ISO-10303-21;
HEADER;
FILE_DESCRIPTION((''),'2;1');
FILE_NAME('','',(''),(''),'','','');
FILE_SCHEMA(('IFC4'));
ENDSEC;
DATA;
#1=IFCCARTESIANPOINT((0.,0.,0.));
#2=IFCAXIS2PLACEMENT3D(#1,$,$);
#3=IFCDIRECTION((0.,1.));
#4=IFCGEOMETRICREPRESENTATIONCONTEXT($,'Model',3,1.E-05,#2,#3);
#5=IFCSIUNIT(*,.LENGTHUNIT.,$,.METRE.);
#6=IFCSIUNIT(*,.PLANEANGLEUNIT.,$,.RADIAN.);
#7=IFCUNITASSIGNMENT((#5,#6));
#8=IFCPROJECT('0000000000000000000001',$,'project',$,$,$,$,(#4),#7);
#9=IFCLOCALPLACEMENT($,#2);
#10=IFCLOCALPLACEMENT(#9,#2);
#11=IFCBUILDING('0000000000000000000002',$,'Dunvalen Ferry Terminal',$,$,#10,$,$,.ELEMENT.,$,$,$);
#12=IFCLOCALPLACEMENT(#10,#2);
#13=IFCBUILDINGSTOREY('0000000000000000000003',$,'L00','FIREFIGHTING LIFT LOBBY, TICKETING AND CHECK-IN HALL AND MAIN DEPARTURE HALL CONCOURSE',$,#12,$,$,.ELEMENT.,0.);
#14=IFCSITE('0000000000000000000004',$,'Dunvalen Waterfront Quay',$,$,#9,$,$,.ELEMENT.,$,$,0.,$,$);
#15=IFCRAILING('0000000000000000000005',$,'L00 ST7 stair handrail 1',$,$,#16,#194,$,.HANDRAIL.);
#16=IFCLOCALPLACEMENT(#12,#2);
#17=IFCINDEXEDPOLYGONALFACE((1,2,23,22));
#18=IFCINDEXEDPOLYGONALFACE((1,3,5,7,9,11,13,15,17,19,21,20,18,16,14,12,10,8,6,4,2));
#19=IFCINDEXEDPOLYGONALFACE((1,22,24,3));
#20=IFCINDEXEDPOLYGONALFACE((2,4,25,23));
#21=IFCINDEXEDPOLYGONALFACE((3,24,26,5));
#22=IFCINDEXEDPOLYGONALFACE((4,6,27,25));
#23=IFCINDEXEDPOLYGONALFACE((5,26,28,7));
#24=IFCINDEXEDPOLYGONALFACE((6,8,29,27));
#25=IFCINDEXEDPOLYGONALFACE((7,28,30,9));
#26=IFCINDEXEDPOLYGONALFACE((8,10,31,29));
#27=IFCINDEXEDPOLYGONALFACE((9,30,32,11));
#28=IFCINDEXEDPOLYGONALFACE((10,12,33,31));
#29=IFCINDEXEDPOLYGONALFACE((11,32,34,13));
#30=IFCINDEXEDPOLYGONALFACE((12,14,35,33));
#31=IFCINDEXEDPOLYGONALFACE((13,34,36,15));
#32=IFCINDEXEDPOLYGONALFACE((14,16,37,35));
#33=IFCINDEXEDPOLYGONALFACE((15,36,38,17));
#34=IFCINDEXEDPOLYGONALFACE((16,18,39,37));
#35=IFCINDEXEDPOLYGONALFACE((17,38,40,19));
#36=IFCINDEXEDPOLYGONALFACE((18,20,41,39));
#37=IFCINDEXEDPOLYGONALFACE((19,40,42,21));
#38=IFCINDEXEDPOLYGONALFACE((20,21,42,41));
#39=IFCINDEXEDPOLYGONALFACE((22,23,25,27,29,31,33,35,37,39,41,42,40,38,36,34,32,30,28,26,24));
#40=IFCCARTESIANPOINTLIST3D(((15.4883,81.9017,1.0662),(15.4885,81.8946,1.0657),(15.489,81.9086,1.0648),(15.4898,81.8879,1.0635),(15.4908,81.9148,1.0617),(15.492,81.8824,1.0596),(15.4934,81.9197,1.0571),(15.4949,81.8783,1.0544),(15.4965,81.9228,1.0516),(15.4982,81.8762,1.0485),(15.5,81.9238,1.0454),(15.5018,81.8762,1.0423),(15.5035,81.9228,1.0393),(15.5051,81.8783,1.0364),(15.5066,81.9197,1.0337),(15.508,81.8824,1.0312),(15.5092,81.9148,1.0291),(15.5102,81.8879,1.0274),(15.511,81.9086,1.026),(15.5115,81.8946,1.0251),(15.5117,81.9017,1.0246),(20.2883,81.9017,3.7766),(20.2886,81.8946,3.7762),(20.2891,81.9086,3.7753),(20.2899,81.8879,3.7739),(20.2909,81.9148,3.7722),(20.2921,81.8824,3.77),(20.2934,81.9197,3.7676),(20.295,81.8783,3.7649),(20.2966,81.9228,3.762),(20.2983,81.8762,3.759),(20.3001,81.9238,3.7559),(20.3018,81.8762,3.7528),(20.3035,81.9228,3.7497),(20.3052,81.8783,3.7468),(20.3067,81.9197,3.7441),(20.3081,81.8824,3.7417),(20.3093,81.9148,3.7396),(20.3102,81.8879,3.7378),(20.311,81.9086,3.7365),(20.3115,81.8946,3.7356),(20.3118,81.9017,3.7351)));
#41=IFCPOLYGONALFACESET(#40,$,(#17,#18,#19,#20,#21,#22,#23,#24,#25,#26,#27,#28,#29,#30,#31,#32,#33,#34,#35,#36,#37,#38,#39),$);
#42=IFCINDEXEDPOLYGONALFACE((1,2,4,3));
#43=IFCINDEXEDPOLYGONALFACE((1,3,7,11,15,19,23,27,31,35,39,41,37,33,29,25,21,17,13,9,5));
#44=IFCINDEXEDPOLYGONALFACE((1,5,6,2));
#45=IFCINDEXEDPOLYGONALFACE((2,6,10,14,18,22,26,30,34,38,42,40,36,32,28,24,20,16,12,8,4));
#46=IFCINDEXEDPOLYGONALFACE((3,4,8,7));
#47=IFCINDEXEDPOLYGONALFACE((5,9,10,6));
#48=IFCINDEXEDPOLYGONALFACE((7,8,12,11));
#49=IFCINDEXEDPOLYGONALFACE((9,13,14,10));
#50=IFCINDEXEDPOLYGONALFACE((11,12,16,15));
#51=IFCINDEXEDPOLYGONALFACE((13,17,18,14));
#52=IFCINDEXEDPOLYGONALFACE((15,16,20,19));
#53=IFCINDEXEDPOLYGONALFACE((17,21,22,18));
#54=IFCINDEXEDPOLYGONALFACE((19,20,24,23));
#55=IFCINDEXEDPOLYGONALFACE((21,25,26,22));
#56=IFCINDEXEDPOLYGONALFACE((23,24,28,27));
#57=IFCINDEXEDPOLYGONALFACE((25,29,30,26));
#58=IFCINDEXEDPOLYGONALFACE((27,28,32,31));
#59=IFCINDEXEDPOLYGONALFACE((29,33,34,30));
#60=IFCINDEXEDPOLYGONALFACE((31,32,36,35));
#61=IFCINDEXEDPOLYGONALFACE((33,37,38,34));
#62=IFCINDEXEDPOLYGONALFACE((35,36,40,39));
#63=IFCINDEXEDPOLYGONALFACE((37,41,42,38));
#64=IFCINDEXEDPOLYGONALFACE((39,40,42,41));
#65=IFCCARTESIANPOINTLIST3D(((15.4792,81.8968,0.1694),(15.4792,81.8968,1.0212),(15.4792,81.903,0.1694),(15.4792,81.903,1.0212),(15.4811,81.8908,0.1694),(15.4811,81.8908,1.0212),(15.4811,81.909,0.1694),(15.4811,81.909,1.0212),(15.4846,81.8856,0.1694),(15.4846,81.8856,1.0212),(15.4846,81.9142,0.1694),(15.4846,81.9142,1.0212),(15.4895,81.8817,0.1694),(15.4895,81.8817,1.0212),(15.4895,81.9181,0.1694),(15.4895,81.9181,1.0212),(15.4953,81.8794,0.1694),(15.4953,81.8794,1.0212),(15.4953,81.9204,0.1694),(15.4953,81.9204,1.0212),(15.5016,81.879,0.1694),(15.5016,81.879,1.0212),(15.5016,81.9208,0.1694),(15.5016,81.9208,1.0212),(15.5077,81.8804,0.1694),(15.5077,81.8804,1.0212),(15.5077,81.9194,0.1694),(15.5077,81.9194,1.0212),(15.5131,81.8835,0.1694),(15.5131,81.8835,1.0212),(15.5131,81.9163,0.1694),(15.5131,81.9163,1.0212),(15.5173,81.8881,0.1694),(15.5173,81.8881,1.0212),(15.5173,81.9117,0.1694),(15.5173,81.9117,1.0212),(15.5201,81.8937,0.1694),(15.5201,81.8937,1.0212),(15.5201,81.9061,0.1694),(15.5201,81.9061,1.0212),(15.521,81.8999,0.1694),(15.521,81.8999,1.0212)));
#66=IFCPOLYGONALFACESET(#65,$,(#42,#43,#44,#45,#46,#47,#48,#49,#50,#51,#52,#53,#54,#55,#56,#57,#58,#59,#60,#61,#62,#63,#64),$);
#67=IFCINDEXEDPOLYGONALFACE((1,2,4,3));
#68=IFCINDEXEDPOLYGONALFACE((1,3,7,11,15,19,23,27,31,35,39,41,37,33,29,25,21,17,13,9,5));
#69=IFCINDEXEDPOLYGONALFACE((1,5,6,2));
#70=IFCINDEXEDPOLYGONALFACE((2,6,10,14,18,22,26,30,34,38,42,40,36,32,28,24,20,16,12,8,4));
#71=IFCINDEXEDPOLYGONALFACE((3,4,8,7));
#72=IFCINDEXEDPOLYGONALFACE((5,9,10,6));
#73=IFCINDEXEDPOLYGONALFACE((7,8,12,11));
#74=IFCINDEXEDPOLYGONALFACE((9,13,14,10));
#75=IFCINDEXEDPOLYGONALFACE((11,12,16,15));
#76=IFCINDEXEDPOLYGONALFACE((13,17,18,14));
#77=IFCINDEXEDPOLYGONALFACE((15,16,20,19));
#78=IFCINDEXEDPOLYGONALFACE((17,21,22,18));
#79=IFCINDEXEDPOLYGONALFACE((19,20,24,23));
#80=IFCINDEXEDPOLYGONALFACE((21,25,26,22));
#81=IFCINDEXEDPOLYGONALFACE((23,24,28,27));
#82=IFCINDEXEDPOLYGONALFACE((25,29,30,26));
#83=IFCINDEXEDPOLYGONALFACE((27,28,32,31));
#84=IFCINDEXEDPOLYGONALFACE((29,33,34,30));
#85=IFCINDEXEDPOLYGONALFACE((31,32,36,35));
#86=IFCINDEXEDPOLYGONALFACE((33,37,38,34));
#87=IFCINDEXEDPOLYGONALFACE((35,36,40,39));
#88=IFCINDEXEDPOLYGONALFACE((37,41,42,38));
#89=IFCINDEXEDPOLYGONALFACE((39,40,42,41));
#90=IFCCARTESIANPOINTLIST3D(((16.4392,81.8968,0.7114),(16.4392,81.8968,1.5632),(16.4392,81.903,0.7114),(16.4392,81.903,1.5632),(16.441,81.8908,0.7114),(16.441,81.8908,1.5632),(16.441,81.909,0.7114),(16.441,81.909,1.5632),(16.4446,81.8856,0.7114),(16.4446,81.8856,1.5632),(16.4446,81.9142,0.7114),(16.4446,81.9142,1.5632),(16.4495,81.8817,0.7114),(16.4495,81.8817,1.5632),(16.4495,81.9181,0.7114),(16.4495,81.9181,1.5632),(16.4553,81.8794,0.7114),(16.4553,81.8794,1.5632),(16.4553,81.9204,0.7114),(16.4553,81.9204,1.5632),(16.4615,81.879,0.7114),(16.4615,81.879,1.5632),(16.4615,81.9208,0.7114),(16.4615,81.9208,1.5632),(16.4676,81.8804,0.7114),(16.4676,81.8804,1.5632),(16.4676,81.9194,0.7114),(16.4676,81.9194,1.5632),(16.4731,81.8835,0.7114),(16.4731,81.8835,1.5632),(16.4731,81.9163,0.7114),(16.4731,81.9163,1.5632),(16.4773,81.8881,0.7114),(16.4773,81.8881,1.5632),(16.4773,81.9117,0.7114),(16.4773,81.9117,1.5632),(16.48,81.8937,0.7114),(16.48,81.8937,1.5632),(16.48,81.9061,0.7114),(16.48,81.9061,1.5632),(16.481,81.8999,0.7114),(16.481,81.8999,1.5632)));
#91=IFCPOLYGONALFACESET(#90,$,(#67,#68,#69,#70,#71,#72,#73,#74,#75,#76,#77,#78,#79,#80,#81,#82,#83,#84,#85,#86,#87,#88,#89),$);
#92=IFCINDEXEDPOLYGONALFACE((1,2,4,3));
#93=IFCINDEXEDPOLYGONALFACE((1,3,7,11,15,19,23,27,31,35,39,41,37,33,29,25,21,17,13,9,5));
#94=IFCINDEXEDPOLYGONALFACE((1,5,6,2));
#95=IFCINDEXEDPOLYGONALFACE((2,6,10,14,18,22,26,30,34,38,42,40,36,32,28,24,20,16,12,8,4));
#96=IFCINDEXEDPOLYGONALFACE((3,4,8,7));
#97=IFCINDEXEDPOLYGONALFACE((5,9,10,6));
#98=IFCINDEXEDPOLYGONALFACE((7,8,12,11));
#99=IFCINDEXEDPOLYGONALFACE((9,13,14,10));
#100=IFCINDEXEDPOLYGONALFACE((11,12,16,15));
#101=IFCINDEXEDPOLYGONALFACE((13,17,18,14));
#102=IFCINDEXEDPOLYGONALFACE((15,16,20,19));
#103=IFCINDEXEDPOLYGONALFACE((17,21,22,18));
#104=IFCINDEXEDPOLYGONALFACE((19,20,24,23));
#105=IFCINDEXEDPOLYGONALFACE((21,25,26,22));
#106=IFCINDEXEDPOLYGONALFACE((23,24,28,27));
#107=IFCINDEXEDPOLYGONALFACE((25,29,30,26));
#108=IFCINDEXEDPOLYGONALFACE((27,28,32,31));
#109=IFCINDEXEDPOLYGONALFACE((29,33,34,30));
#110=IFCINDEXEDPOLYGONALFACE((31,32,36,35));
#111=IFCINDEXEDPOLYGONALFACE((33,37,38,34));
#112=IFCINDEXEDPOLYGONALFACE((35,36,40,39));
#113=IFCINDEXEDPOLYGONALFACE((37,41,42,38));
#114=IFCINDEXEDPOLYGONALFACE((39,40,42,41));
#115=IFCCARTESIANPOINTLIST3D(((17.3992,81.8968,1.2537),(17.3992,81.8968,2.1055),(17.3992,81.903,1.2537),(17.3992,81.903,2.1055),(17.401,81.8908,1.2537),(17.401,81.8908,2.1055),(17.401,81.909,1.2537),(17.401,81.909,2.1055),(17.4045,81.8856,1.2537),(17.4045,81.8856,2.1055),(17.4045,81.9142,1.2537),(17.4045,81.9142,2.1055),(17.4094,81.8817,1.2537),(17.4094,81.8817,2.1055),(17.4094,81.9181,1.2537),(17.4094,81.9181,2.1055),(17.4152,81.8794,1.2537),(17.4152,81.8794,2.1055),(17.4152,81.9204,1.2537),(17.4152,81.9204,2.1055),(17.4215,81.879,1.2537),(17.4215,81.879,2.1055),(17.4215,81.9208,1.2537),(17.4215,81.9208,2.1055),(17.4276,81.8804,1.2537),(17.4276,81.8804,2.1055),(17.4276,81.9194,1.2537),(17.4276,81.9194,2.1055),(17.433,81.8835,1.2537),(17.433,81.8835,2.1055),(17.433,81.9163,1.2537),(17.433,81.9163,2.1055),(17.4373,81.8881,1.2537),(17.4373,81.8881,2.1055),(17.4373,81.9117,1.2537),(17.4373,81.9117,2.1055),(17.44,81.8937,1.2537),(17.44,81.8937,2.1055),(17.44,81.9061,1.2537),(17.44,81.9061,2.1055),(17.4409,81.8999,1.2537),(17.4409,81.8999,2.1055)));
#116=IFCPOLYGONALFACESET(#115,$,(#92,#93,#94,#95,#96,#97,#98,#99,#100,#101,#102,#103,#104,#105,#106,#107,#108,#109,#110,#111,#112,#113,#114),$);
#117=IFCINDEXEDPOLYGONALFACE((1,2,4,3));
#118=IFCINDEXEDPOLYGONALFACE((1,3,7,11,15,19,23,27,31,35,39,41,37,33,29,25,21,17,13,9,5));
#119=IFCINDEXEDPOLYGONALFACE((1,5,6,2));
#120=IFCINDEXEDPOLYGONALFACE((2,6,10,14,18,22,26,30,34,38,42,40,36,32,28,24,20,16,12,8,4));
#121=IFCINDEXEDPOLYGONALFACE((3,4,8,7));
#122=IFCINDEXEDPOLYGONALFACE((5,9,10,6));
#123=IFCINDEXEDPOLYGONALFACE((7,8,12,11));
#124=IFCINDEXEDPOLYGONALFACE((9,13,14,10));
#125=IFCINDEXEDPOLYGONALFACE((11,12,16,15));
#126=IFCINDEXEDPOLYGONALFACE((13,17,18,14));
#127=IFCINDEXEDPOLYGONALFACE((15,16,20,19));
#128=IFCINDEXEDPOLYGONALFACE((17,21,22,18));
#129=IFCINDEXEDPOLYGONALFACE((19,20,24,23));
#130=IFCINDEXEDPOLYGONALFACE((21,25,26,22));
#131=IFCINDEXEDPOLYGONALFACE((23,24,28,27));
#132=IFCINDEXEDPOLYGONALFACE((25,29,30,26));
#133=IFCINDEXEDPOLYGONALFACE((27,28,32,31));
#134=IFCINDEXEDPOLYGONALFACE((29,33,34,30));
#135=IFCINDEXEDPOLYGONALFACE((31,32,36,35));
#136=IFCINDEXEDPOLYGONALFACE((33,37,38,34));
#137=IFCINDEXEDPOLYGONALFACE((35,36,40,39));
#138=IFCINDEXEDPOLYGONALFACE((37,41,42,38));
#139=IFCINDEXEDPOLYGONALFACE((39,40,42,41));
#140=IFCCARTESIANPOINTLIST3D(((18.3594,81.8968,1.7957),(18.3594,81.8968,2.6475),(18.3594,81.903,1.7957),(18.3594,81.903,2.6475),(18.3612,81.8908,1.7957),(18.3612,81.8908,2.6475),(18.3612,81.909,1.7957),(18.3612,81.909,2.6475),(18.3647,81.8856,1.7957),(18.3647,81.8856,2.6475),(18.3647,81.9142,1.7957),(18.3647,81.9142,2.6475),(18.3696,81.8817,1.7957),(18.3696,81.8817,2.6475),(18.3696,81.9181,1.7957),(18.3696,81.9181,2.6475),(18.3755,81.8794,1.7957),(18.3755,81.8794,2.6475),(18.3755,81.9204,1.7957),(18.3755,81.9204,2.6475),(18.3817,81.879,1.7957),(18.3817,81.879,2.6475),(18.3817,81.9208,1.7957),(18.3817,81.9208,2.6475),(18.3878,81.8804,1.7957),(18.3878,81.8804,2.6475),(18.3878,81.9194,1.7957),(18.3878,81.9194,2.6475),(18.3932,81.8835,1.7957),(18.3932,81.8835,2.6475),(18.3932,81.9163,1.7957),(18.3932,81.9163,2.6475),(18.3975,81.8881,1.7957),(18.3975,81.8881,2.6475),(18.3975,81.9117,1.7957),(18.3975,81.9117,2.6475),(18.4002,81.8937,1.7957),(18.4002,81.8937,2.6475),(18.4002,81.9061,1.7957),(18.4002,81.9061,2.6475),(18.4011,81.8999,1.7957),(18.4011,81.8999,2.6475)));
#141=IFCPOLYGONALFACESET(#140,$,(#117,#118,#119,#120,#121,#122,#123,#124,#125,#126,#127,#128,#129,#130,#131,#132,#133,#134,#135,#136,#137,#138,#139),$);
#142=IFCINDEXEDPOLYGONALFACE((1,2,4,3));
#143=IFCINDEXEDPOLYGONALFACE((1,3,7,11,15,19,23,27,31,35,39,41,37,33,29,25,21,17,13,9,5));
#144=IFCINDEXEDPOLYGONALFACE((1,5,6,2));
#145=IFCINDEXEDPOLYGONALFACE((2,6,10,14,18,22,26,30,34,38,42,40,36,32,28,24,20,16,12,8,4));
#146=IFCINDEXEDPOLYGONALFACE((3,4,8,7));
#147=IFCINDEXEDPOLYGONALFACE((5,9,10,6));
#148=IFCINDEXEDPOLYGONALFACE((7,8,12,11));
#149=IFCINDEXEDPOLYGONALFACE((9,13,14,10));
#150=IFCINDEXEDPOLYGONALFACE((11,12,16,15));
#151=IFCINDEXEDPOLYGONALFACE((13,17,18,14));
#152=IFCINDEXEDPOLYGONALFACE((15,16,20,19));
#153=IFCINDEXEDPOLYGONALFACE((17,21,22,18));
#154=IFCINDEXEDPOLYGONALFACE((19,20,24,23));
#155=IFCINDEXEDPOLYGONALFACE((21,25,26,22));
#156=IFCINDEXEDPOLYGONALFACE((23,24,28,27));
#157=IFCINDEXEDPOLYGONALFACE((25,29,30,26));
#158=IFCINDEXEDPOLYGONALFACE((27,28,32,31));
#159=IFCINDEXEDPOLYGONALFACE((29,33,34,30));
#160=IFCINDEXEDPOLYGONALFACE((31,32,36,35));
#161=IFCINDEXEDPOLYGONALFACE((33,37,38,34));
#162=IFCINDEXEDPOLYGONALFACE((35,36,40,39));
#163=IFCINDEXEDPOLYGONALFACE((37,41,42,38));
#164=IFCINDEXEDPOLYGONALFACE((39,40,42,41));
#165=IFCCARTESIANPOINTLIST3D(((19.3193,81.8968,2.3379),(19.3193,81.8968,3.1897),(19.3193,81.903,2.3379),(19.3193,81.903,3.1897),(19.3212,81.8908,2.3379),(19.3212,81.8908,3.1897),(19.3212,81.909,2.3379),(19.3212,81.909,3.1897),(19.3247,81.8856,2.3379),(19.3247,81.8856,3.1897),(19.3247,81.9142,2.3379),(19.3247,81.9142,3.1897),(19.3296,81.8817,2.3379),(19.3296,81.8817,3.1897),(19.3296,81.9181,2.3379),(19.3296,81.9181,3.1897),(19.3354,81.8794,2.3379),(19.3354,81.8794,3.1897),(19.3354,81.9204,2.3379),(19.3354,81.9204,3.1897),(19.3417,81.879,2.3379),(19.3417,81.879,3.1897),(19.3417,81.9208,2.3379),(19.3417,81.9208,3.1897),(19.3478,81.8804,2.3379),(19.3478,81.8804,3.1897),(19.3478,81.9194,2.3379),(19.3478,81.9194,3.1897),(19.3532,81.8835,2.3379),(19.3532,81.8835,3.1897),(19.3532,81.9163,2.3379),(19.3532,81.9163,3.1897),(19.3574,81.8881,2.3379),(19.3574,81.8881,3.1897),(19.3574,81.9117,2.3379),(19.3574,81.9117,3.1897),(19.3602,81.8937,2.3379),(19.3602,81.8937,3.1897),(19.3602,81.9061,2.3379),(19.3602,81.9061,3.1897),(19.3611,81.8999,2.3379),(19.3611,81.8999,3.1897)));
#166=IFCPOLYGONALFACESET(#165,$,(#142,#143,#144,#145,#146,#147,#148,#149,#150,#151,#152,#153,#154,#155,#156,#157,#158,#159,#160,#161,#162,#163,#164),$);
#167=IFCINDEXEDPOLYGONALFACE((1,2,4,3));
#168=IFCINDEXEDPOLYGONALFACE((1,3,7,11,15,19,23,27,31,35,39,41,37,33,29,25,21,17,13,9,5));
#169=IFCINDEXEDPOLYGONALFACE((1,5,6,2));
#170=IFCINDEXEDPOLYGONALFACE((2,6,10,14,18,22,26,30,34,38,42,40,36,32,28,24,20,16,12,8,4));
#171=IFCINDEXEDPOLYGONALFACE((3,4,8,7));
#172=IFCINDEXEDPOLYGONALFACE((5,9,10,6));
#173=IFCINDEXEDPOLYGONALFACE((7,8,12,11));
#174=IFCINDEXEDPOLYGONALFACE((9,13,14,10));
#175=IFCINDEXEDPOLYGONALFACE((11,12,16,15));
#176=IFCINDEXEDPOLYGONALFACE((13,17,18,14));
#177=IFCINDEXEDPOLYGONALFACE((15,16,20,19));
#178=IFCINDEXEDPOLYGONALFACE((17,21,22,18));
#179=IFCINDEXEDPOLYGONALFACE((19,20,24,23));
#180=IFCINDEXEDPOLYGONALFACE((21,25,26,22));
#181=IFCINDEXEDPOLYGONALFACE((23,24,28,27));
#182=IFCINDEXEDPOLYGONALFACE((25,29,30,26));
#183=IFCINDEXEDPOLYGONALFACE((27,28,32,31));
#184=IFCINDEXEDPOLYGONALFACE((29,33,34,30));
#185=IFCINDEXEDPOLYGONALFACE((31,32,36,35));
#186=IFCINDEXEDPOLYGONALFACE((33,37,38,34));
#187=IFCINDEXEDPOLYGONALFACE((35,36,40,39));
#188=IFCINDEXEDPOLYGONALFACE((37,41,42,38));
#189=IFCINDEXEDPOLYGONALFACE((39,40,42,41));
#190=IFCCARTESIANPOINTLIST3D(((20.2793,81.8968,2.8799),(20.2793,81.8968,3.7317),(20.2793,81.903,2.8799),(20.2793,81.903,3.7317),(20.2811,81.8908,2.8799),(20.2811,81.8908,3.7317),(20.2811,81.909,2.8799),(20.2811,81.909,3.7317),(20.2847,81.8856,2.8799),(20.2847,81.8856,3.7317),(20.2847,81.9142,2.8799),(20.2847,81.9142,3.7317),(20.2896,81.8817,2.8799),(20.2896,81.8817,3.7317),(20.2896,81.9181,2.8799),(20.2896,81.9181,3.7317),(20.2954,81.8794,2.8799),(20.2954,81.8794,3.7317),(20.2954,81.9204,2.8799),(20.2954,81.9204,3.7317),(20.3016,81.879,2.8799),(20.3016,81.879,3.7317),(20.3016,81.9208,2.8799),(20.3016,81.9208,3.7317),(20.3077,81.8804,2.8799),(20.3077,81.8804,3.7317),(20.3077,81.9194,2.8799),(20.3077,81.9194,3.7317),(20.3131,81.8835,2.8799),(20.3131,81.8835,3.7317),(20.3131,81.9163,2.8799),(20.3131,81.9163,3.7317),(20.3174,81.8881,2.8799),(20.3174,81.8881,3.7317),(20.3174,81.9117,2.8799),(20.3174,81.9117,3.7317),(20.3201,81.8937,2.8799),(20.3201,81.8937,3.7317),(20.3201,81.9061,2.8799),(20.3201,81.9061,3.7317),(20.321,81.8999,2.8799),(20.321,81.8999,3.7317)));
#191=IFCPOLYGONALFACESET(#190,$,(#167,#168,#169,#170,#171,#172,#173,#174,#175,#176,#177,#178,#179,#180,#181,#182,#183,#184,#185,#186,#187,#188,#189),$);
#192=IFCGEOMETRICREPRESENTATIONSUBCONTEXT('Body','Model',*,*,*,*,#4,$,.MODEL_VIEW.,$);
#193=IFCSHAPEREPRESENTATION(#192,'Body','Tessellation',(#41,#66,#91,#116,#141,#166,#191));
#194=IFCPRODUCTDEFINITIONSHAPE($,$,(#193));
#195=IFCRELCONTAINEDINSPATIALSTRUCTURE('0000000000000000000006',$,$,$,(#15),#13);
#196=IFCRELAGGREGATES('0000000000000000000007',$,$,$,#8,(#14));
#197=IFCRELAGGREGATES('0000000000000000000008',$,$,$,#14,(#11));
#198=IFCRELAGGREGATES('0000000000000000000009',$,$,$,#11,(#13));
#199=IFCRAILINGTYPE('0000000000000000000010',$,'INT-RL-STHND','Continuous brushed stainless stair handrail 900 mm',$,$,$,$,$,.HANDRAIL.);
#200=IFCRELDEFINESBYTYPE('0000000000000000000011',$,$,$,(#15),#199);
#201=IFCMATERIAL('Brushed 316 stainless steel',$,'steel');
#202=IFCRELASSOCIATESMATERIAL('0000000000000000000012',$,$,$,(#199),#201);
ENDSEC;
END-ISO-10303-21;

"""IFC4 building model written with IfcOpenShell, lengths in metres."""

from ifc_helpers import new_model, si_unit, direction, frame, origin, origin_2d, place, context, subcontext, project, spatial, circle, extrude, material, type_object, element, save


model = new_model("IFC4")

# Units and contexts
model_context = context("Model", 3, precision=1e-05, world=origin(), true_north=direction((0.0, 1.0)))
body_context = subcontext(model_context, "Body", "Model", "MODEL_VIEW")
ifc_project = project(units=[si_unit("LENGTHUNIT", "METRE"), si_unit("PLANEANGLEUNIT", "RADIAN")], contexts=[model_context])

# Site, building, storey
site_placement = place(None, origin())
site = spatial("IfcSite", under=ifc_project, at=site_placement, Name="Dunvalen Waterfront Quay", CompositionType="ELEMENT", RefElevation=0.0)
building_placement = place(site_placement, origin())
building = spatial("IfcBuilding", under=site, at=building_placement, Name="Dunvalen Ferry Terminal", CompositionType="ELEMENT")
storey_placement = place(building_placement, origin())
storey = spatial("IfcBuildingStorey", under=building, at=storey_placement, Name="L00", Description="FIREFIGHTING LIFT LOBBY, TICKETING AND CHECK-IN HALL AND MAIN DEPARTURE HALL CONCOURSE", CompositionType="ELEMENT", Elevation=0.0)

# Railing
ifc_material_1 = material(Name="Brushed 316 stainless steel", Category="steel")
railing_type_1 = type_object("IfcRailingType", Name="INT-RL-STHND", Description="Continuous brushed stainless stair handrail 900 mm", PredefinedType="HANDRAIL", material=ifc_material_1)
railing_1_placement = place(storey_placement, frame((15.5, 81.8999, 0.1694)))
element("IfcRailing", 1, at=railing_1_placement, inside=storey, type_object=railing_type_1, Name="L00 ST7 stair handrail 1", PredefinedType="HANDRAIL", context=body_context, shape_type="SweptSolid", body=[
    extrude(circle(Radius=0.0239, at=origin_2d()), frame((0.0, 0.0, 0.876), z_axis=(0.870767, 0.0, 0.491697), x_axis=(0.0, 1.0, 0.0)), (0.0, 0.0, 1.0), 5.5125),
    extrude(circle(Radius=0.021, at=origin_2d()), origin(), (0.0, 0.0, 1.0), 0.8518),
    extrude(circle(Radius=0.021, at=origin_2d()), frame((0.96, 0.0, 0.542)), (0.0, 0.0, 1.0), 0.8518),
    extrude(circle(Radius=0.021, at=origin_2d()), frame((1.9199, 0.0, 1.0842)), (0.0, 0.0, 1.0), 0.8518),
    extrude(circle(Radius=0.021, at=origin_2d()), frame((2.8801, 0.0, 1.6262)), (0.0, 0.0, 1.0), 0.8518),
    extrude(circle(Radius=0.021, at=origin_2d()), frame((3.8401, 0.0, 2.1685)), (0.0, 0.0, 1.0), 0.8518),
    extrude(circle(Radius=0.021, at=origin_2d()), frame((4.8, 0.0, 2.7104)), (0.0, 0.0, 1.0), 0.8518),
])

save(model, "model.ifc")
